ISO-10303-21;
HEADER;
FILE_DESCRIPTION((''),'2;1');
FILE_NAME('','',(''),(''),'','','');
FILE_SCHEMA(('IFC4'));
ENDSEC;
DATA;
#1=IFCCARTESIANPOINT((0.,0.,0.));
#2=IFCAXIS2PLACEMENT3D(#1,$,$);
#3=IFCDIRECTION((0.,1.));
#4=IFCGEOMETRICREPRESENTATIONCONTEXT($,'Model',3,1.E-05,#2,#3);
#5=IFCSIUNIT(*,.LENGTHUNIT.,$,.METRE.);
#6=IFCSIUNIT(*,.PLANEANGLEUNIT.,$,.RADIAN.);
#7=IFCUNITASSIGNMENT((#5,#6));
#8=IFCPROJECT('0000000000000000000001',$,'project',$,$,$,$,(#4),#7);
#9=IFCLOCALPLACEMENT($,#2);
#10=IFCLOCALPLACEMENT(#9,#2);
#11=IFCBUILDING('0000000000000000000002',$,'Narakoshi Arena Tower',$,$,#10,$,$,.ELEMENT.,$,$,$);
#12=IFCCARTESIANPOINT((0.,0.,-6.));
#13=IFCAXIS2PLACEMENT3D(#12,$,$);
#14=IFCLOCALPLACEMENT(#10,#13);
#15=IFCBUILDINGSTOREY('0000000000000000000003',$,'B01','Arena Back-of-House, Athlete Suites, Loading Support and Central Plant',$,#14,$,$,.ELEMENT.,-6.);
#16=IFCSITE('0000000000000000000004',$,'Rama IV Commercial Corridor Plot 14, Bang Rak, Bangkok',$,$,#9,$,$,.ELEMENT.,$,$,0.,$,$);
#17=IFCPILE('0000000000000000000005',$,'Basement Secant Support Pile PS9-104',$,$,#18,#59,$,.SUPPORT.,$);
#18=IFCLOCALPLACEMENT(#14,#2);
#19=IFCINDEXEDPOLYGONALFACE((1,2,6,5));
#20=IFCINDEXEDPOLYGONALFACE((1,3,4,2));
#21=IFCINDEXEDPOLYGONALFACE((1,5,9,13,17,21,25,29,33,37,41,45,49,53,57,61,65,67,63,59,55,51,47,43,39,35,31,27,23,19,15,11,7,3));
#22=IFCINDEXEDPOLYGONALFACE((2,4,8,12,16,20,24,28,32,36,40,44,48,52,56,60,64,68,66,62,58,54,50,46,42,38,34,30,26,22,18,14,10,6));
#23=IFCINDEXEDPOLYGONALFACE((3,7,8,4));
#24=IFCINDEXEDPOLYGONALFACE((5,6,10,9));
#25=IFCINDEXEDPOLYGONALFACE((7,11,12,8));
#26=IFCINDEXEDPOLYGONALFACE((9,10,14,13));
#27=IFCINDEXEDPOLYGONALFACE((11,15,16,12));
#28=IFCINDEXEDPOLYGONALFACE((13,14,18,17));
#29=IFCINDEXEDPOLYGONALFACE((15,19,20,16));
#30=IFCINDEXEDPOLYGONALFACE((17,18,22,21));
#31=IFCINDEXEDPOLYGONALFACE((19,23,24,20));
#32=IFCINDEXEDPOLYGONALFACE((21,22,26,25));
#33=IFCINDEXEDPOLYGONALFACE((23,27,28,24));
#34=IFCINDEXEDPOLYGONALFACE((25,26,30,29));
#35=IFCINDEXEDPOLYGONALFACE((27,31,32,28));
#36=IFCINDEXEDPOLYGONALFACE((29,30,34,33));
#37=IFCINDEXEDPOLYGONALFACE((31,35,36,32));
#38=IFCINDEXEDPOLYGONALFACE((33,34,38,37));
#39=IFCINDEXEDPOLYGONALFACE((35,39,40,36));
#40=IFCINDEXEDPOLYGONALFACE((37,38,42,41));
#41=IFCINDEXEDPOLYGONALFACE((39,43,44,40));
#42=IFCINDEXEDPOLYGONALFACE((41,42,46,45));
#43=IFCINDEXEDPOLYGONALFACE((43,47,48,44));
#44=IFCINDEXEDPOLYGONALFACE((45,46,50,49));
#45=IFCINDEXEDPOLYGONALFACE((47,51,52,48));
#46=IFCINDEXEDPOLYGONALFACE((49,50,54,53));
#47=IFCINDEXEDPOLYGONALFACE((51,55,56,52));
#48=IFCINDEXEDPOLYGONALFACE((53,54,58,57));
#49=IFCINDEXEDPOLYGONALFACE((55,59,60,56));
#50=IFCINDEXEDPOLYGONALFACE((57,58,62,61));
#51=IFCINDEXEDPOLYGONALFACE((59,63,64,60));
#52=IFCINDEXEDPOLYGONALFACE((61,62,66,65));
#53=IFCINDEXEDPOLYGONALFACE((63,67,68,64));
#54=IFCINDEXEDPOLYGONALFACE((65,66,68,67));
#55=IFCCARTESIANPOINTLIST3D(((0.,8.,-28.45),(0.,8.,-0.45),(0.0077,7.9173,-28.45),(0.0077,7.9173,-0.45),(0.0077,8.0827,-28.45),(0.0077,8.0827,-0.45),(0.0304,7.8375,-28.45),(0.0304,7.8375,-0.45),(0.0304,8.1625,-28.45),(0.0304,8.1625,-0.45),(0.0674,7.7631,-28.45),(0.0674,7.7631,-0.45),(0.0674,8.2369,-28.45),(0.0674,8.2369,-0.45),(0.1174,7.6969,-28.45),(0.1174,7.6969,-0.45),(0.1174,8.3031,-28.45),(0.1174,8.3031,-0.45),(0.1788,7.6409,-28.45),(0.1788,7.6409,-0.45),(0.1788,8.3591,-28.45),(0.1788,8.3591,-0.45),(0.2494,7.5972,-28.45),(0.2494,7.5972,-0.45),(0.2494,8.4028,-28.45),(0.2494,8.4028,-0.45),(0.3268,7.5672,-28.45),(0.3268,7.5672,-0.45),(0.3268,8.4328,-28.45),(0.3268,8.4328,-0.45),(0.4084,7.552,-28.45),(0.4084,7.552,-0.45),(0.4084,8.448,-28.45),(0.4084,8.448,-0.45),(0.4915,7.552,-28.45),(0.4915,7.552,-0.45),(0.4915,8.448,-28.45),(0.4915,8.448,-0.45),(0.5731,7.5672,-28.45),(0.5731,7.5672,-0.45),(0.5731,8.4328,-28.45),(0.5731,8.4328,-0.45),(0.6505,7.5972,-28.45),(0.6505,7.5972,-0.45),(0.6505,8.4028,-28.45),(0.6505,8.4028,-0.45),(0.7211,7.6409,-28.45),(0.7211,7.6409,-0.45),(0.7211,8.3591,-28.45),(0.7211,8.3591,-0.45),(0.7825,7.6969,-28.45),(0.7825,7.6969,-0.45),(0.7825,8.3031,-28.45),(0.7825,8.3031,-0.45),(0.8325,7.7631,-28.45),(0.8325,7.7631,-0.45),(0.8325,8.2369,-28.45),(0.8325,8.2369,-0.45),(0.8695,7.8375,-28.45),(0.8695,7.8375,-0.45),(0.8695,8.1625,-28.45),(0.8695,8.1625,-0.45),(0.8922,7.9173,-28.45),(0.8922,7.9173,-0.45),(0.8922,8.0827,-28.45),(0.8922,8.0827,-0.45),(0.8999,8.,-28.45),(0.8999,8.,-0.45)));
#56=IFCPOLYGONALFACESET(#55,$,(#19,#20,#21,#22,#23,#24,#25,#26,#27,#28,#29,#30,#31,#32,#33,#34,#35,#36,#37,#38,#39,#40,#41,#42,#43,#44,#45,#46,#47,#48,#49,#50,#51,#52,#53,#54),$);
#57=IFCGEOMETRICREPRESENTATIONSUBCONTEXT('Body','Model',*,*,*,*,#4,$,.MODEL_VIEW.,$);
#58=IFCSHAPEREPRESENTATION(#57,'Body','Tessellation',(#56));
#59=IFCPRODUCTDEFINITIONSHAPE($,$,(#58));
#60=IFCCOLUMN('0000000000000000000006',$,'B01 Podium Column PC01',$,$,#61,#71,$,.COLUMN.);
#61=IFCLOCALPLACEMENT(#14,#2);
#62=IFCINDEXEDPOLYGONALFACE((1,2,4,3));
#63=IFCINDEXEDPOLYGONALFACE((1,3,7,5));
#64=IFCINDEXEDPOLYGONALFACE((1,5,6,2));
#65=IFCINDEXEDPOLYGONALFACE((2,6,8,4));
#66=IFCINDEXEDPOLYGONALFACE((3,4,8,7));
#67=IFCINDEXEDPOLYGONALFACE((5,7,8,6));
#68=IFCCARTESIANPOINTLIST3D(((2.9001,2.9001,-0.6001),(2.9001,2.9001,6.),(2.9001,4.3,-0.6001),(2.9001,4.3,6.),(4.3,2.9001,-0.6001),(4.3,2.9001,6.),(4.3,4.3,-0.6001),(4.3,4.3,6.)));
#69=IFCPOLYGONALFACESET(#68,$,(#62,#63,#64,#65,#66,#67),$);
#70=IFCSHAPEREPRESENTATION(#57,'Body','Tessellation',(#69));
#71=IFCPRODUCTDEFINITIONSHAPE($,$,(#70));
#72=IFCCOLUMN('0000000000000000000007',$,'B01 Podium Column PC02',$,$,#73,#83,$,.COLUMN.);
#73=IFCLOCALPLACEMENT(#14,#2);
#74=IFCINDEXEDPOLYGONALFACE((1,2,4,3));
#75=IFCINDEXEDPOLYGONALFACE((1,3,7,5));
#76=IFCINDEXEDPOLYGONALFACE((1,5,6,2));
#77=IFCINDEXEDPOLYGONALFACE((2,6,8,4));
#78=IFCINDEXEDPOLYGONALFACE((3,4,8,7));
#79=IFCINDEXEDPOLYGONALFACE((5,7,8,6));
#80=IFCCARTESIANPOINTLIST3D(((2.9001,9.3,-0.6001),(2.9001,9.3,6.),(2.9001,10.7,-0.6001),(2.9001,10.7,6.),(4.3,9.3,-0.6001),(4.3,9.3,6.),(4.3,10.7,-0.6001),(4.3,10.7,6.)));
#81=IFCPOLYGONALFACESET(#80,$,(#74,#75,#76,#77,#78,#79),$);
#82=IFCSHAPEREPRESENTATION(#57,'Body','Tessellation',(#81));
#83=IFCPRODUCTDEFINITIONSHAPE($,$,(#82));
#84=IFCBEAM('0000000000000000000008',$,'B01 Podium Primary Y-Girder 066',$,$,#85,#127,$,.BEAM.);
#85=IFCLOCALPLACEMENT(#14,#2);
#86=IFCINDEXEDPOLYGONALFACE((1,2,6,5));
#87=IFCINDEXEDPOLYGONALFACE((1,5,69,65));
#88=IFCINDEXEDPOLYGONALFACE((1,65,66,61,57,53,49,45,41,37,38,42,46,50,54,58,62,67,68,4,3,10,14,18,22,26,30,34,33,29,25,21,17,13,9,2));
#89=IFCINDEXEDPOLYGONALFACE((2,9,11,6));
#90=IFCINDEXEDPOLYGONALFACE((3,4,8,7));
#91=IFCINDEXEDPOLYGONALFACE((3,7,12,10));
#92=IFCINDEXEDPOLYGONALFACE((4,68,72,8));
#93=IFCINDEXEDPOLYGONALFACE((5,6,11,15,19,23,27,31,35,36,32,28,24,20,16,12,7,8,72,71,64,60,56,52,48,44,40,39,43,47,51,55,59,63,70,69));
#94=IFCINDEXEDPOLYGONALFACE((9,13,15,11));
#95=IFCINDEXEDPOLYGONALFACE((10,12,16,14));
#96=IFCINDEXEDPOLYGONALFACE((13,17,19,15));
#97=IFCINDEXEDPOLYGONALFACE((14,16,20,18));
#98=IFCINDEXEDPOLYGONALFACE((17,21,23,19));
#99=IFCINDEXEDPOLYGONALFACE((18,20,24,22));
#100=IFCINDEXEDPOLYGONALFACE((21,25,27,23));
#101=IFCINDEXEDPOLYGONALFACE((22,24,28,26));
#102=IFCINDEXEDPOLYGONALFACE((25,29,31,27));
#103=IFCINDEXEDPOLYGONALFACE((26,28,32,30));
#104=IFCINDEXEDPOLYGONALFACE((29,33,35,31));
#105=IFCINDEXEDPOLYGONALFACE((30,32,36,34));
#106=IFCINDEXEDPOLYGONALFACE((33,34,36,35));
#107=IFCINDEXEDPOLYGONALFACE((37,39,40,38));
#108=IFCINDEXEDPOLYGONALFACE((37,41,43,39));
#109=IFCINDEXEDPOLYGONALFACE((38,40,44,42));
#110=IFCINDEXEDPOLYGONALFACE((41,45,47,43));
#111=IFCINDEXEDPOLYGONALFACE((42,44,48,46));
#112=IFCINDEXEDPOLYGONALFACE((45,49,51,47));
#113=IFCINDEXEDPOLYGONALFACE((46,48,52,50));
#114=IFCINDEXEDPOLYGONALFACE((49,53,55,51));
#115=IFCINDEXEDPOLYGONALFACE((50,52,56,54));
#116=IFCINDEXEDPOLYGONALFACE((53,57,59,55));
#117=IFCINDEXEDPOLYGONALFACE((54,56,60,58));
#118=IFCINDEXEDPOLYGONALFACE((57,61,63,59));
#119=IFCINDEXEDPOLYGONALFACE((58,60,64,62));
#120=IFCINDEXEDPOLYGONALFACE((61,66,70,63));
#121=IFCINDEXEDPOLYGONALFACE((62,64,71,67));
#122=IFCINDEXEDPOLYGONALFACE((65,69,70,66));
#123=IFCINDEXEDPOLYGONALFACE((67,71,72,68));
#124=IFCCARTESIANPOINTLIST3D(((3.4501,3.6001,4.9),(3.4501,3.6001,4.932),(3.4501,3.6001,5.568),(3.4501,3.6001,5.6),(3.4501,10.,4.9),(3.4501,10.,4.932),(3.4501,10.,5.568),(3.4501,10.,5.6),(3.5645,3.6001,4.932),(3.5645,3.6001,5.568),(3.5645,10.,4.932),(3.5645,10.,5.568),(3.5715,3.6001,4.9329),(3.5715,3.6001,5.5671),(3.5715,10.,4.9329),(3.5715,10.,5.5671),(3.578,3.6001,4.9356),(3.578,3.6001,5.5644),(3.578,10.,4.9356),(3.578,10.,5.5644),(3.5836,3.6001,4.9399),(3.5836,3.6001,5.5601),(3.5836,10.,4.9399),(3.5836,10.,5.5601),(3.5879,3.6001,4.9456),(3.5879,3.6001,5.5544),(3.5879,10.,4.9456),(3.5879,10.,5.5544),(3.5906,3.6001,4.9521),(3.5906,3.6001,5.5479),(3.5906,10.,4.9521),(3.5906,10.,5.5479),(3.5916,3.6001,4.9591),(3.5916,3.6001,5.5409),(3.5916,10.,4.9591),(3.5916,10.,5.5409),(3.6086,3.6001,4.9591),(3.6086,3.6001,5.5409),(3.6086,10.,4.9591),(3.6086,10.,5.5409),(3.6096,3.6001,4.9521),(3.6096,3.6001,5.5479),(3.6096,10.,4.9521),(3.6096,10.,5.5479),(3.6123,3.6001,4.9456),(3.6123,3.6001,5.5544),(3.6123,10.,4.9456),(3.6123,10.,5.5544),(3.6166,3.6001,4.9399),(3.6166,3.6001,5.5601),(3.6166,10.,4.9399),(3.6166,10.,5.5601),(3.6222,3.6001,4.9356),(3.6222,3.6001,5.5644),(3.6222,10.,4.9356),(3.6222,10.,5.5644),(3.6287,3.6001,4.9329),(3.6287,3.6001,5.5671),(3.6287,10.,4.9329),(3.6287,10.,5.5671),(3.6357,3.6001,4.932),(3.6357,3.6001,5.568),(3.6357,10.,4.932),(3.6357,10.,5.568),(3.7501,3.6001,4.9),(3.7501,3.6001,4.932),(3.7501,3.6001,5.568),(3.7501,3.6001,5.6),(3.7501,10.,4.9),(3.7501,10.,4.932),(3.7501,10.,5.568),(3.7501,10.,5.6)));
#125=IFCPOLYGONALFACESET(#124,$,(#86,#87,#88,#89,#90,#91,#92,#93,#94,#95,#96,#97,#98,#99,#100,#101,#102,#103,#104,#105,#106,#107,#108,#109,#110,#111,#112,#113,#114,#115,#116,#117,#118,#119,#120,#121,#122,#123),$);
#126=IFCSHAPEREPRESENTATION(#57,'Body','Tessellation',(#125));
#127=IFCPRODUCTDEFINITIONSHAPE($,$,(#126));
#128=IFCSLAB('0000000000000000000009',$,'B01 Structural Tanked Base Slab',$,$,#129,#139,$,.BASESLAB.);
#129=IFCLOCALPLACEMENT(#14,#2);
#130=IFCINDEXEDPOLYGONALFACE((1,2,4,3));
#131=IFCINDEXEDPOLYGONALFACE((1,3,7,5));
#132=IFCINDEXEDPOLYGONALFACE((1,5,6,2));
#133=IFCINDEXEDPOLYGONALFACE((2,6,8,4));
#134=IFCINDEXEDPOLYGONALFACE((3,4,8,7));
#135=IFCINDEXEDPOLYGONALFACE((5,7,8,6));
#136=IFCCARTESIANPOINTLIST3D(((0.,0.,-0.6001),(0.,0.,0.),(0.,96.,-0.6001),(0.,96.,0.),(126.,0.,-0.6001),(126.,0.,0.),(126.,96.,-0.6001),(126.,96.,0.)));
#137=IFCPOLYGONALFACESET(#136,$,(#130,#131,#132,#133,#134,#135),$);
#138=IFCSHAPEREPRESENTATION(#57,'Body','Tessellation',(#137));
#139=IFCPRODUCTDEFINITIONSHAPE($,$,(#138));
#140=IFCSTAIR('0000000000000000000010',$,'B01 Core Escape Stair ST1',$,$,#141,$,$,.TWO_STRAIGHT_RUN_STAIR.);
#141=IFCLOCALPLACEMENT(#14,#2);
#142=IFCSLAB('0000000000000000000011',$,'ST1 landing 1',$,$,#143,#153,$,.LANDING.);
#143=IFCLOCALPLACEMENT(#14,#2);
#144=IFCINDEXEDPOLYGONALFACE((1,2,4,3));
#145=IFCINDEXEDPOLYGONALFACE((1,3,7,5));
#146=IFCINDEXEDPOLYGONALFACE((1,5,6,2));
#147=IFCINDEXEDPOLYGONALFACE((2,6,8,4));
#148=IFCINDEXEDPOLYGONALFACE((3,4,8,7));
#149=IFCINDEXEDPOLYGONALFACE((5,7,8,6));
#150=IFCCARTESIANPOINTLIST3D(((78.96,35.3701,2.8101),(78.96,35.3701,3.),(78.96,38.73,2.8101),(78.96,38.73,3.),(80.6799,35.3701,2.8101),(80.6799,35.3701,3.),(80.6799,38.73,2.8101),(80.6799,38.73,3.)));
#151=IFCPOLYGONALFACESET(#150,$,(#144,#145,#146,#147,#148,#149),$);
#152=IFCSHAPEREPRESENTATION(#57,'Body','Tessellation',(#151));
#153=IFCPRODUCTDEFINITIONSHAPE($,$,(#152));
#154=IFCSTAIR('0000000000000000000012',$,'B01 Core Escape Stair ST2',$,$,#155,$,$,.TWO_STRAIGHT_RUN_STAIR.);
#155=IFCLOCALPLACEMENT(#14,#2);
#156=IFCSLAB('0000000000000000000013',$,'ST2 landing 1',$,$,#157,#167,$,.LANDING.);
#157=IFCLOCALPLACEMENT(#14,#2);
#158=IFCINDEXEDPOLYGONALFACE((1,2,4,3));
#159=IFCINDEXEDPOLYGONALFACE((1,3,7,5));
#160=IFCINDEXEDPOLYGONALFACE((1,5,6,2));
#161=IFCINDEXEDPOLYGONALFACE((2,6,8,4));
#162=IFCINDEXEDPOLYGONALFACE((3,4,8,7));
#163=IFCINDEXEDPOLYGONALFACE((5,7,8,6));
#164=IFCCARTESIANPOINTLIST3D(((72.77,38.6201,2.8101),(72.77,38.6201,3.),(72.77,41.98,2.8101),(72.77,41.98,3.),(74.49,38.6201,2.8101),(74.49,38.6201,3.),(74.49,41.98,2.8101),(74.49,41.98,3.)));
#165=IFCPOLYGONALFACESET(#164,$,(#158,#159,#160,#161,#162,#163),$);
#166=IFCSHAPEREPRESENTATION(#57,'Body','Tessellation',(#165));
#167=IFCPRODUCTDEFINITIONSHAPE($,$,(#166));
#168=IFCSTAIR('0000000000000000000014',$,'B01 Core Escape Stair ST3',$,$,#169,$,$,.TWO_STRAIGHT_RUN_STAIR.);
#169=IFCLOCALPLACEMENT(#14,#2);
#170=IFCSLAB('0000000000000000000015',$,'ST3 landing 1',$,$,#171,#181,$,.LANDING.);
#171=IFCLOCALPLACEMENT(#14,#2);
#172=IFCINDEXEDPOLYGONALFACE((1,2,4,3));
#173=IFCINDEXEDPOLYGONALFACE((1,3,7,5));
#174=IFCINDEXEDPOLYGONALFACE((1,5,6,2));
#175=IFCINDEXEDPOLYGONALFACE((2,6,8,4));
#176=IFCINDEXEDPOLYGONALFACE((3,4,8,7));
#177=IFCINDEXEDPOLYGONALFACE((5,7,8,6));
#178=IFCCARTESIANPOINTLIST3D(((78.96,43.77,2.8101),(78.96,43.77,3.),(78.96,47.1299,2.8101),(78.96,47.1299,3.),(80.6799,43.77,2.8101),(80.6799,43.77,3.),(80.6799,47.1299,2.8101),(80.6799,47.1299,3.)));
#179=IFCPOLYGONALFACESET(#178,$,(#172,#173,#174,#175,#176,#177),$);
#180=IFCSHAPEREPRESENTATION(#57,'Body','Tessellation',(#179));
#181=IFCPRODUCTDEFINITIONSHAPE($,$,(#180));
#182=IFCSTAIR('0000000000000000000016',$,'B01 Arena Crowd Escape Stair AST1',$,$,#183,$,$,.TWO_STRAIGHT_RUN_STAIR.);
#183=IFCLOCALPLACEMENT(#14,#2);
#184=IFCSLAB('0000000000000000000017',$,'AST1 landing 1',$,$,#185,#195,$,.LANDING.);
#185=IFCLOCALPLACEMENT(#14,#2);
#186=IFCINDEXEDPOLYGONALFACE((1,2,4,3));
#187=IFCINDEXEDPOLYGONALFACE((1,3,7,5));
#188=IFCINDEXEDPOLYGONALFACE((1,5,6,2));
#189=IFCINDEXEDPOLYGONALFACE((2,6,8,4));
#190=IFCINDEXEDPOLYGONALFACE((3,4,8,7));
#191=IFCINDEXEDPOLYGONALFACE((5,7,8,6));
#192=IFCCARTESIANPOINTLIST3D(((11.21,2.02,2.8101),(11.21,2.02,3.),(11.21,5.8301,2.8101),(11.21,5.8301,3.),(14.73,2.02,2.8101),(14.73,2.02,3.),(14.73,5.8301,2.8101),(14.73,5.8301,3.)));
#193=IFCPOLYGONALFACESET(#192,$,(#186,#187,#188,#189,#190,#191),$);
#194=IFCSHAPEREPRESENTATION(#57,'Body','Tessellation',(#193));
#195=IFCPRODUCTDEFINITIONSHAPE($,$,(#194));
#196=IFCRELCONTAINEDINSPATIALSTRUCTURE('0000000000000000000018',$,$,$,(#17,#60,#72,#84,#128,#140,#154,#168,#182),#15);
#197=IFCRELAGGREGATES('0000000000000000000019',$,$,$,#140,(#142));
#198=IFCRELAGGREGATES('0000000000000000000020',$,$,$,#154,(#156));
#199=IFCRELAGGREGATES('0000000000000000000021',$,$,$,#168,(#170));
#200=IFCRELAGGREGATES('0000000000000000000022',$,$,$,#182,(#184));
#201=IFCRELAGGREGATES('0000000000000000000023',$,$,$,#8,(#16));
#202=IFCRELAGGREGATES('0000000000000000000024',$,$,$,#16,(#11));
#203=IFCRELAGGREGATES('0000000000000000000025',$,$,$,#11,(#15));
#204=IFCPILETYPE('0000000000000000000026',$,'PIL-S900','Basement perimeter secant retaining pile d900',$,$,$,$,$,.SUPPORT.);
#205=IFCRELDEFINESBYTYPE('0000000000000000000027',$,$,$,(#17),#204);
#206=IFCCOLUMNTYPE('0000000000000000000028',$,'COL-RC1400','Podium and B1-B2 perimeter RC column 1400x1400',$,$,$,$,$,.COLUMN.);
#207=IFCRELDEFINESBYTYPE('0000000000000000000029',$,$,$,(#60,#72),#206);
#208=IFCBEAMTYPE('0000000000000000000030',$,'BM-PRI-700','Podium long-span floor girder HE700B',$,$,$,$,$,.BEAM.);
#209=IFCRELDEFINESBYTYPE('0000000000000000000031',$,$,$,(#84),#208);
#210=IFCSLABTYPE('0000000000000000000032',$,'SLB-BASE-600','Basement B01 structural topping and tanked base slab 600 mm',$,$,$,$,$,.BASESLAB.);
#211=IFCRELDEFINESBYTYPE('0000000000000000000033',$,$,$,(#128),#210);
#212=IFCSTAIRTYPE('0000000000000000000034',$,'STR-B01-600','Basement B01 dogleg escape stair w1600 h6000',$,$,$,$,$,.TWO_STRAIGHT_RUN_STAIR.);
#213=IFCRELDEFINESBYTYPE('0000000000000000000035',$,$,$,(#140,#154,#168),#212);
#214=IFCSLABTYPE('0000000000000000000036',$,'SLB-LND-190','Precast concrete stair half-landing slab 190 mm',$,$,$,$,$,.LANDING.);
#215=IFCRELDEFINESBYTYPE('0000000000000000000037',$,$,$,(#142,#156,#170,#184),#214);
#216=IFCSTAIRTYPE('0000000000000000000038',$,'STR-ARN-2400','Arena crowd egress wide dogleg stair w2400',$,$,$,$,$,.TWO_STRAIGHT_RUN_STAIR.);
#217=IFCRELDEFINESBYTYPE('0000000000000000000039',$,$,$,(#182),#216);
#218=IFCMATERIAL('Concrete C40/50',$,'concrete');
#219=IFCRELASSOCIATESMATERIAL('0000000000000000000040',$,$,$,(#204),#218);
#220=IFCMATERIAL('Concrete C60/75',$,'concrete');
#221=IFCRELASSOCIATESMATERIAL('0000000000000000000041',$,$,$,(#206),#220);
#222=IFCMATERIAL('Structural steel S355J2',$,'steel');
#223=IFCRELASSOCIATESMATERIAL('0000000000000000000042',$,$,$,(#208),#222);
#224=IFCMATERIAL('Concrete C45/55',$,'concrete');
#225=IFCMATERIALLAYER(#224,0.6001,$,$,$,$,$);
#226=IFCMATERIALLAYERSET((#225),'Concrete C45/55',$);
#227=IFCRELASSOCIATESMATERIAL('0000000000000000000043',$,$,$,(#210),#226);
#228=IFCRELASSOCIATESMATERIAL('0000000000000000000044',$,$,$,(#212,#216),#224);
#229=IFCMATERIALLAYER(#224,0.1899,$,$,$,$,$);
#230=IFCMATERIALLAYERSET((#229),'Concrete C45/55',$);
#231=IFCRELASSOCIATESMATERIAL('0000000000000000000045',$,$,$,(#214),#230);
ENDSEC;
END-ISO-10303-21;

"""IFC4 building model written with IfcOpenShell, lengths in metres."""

from ifc_helpers import new_model, si_unit, direction, frame, origin, origin_2d, place, context, subcontext, project, spatial, polyline, rectangle, circle, i_section, outline, extrude, material, layer, layer_set, material_profile, profile_set, type_object, element, aggregate, save


model = new_model("IFC4")

# Units and contexts
model_context = context("Model", 3, precision=1e-05, world=origin(), true_north=direction((0.0, 1.0)))
body_context = subcontext(model_context, "Body", "Model", "MODEL_VIEW")
ifc_project = project(units=[si_unit("LENGTHUNIT", "METRE"), si_unit("PLANEANGLEUNIT", "RADIAN")], contexts=[model_context])

# Site, building, storey
site_placement = place(None, origin())
site = spatial("IfcSite", under=ifc_project, at=site_placement, Name="Rama IV Commercial Corridor Plot 14, Bang Rak, Bangkok", CompositionType="ELEMENT", RefElevation=0.0)
building_placement = place(site_placement, origin())
building = spatial("IfcBuilding", under=site, at=building_placement, Name="Narakoshi Arena Tower", CompositionType="ELEMENT")
storey_placement = place(building_placement, frame((0.0, 0.0, -6.0)))
storey = spatial("IfcBuildingStorey", under=building, at=storey_placement, Name="B01", Description="Arena Back-of-House, Athlete Suites, Loading Support and Central Plant", CompositionType="ELEMENT", Elevation=-6.0)

# Pile
ifc_material_1 = material(Name="Concrete C40/50", Category="concrete")
ifc_material_profile_1 = material_profile(ifc_material_1, circle(Radius=0.45, at=origin_2d()), Name="PILE-D900")
ifc_profile_set_1 = profile_set([ifc_material_profile_1], Name="Concrete C40/50")
pile_type = type_object("IfcPileType", Name="PIL-S900", Description="Basement perimeter secant retaining pile d900", PredefinedType="SUPPORT", material=ifc_profile_set_1)
pile_placement = place(storey_placement, frame((0.45, 8.0, -0.45), z_axis=(0.0, 0.0, -1.0), x_axis=(1.0, 0.0, 0.0)))
element("IfcPile", 1, at=pile_placement, inside=storey, type_object=pile_type, Name="Basement Secant Support Pile PS9-104", PredefinedType="SUPPORT", context=body_context, shape_type="SweptSolid", body=[
    extrude(circle(Radius=0.45, at=origin_2d()), origin(), (0.0, 0.0, 1.0), 28.0),
])

# Columns
ifc_material_2 = material(Name="Concrete C60/75", Category="concrete")
ifc_material_profile_2 = material_profile(ifc_material_2, rectangle(XDim=1.3999, YDim=1.3999, at=origin_2d()), Name="RC1400x1400")
ifc_profile_set_2 = profile_set([ifc_material_profile_2], Name="Concrete C60/75")
column_type = type_object("IfcColumnType", Name="COL-RC1400", Description="Podium and B1-B2 perimeter RC column 1400x1400", PredefinedType="COLUMN", material=ifc_profile_set_2)
for number, where, z_axis, x_axis, name in (
    (2, (3.6001, 3.6001, -0.6001), (0.0, 0.0, 1.0), (1.0, 0.0, 0.0), "B01 Podium Column PC01"),
    (3, (3.6001, 10.0, -0.6001), (0.0, 0.0, 1.0), (1.0, 0.0, 0.0), "B01 Podium Column PC02"),
):
    element("IfcColumn", number, at=place(storey_placement, frame(where, z_axis=z_axis, x_axis=x_axis)), inside=storey, type_object=column_type, Name=name, PredefinedType="COLUMN", context=body_context, shape_type="SweptSolid", body=[
        extrude(rectangle(XDim=1.3999, YDim=1.3999, at=origin_2d()), origin(), (0.0, 0.0, 1.0), 6.6001),
    ])

# Beam
ifc_material_3 = material(Name="Structural steel S355J2", Category="steel")
ifc_material_profile_3 = material_profile(ifc_material_3, i_section(OverallWidth=0.3, OverallDepth=0.7, WebThickness=0.0171, FlangeThickness=0.032, FilletRadius=0.0271, at=origin_2d()), Name="HE700B")
ifc_profile_set_3 = profile_set([ifc_material_profile_3], Name="Structural steel S355J2")
beam_type = type_object("IfcBeamType", Name="BM-PRI-700", Description="Podium long-span floor girder HE700B", PredefinedType="BEAM", material=ifc_profile_set_3)
beam_placement = place(storey_placement, frame((3.6001, 3.6001, 5.25), z_axis=(0.0, 1.0, 0.0), x_axis=(-1.0, 0.0, 0.0)))
element("IfcBeam", 4, at=beam_placement, inside=storey, type_object=beam_type, Name="B01 Podium Primary Y-Girder 066", PredefinedType="BEAM", context=body_context, shape_type="SweptSolid", body=[
    extrude(i_section(OverallWidth=0.3, OverallDepth=0.7, WebThickness=0.0171, FlangeThickness=0.032, FilletRadius=0.0271, at=origin_2d()), origin(), (0.0, 0.0, 1.0), 6.3999),
])

# Slab
ifc_material_4 = material(Name="Concrete C45/55", Category="concrete")
ifc_layer_1 = layer(ifc_material_4, 0.6001)
ifc_layer_set_1 = layer_set([ifc_layer_1], Name="Concrete C45/55")
slab_type_1 = type_object("IfcSlabType", Name="SLB-BASE-600", Description="Basement B01 structural topping and tanked base slab 600 mm", PredefinedType="BASESLAB", material=ifc_layer_set_1)
slab_1_placement = place(storey_placement, frame((0.0, 0.0, -0.6001)))
element("IfcSlab", 5, at=slab_1_placement, inside=storey, type_object=slab_type_1, Name="B01 Structural Tanked Base Slab", PredefinedType="BASESLAB", context=body_context, shape_type="SweptSolid", body=[
    extrude(outline(polyline([(0.0, 0.0), (126.0, 0.0), (126.0, 96.0), (0.0, 96.0), (0.0, 0.0)])), origin(), (0.0, 0.0, 1.0), 0.6001),
])

# Stairs, slabs
stair_type_1 = type_object("IfcStairType", Name="STR-B01-600", Description="Basement B01 dogleg escape stair w1600 h6000", PredefinedType="TWO_STRAIGHT_RUN_STAIR", material=ifc_material_4)
stair_1_placement = place(storey_placement, origin())
stair_1 = element("IfcStair", 6, at=stair_1_placement, inside=storey, type_object=stair_type_1, Name="B01 Core Escape Stair ST1", PredefinedType="TWO_STRAIGHT_RUN_STAIR")
ifc_layer_2 = layer(ifc_material_4, 0.1899)
ifc_layer_set_2 = layer_set([ifc_layer_2], Name="Concrete C45/55")
slab_type_2 = type_object("IfcSlabType", Name="SLB-LND-190", Description="Precast concrete stair half-landing slab 190 mm", PredefinedType="LANDING", material=ifc_layer_set_2)
slab_2_placement = place(storey_placement, frame((0.0, 0.0, 2.8101)))
slab_2 = element("IfcSlab", 7, at=slab_2_placement, type_object=slab_type_2, Name="ST1 landing 1", PredefinedType="LANDING", context=body_context, shape_type="SweptSolid", body=[
    extrude(outline(polyline([(78.96, 35.3701), (80.6799, 35.3701), (80.6799, 38.73), (78.96, 38.73), (78.96, 35.3701)])), origin(), (0.0, 0.0, 1.0), 0.1899),
])
aggregate(stair_1, [slab_2])
stair_2_placement = place(storey_placement, origin())
stair_2 = element("IfcStair", 8, at=stair_2_placement, inside=storey, type_object=stair_type_1, Name="B01 Core Escape Stair ST2", PredefinedType="TWO_STRAIGHT_RUN_STAIR")
slab_3_placement = place(storey_placement, frame((0.0, 0.0, 2.8101)))
slab_3 = element("IfcSlab", 9, at=slab_3_placement, type_object=slab_type_2, Name="ST2 landing 1", PredefinedType="LANDING", context=body_context, shape_type="SweptSolid", body=[
    extrude(outline(polyline([(72.77, 38.6201), (74.49, 38.6201), (74.49, 41.98), (72.77, 41.98), (72.77, 38.6201)])), origin(), (0.0, 0.0, 1.0), 0.1899),
])
aggregate(stair_2, [slab_3])
stair_3_placement = place(storey_placement, origin())
stair_3 = element("IfcStair", 10, at=stair_3_placement, inside=storey, type_object=stair_type_1, Name="B01 Core Escape Stair ST3", PredefinedType="TWO_STRAIGHT_RUN_STAIR")
slab_4_placement = place(storey_placement, frame((0.0, 0.0, 2.8101)))
slab_4 = element("IfcSlab", 11, at=slab_4_placement, type_object=slab_type_2, Name="ST3 landing 1", PredefinedType="LANDING", context=body_context, shape_type="SweptSolid", body=[
    extrude(outline(polyline([(78.96, 43.77), (80.6799, 43.77), (80.6799, 47.1299), (78.96, 47.1299), (78.96, 43.77)])), origin(), (0.0, 0.0, 1.0), 0.1899),
])
aggregate(stair_3, [slab_4])
stair_type_2 = type_object("IfcStairType", Name="STR-ARN-2400", Description="Arena crowd egress wide dogleg stair w2400", PredefinedType="TWO_STRAIGHT_RUN_STAIR", material=ifc_material_4)
stair_4_placement = place(storey_placement, origin())
stair_4 = element("IfcStair", 12, at=stair_4_placement, inside=storey, type_object=stair_type_2, Name="B01 Arena Crowd Escape Stair AST1", PredefinedType="TWO_STRAIGHT_RUN_STAIR")
slab_5_placement = place(storey_placement, frame((0.0, 0.0, 2.8101)))
slab_5 = element("IfcSlab", 13, at=slab_5_placement, type_object=slab_type_2, Name="AST1 landing 1", PredefinedType="LANDING", context=body_context, shape_type="SweptSolid", body=[
    extrude(outline(polyline([(11.21, 2.02), (14.73, 2.02), (14.73, 5.8301), (11.21, 5.8301), (11.21, 2.02)])), origin(), (0.0, 0.0, 1.0), 0.1899),
])

aggregate(stair_4, [slab_5])

save(model, "model.ifc")
